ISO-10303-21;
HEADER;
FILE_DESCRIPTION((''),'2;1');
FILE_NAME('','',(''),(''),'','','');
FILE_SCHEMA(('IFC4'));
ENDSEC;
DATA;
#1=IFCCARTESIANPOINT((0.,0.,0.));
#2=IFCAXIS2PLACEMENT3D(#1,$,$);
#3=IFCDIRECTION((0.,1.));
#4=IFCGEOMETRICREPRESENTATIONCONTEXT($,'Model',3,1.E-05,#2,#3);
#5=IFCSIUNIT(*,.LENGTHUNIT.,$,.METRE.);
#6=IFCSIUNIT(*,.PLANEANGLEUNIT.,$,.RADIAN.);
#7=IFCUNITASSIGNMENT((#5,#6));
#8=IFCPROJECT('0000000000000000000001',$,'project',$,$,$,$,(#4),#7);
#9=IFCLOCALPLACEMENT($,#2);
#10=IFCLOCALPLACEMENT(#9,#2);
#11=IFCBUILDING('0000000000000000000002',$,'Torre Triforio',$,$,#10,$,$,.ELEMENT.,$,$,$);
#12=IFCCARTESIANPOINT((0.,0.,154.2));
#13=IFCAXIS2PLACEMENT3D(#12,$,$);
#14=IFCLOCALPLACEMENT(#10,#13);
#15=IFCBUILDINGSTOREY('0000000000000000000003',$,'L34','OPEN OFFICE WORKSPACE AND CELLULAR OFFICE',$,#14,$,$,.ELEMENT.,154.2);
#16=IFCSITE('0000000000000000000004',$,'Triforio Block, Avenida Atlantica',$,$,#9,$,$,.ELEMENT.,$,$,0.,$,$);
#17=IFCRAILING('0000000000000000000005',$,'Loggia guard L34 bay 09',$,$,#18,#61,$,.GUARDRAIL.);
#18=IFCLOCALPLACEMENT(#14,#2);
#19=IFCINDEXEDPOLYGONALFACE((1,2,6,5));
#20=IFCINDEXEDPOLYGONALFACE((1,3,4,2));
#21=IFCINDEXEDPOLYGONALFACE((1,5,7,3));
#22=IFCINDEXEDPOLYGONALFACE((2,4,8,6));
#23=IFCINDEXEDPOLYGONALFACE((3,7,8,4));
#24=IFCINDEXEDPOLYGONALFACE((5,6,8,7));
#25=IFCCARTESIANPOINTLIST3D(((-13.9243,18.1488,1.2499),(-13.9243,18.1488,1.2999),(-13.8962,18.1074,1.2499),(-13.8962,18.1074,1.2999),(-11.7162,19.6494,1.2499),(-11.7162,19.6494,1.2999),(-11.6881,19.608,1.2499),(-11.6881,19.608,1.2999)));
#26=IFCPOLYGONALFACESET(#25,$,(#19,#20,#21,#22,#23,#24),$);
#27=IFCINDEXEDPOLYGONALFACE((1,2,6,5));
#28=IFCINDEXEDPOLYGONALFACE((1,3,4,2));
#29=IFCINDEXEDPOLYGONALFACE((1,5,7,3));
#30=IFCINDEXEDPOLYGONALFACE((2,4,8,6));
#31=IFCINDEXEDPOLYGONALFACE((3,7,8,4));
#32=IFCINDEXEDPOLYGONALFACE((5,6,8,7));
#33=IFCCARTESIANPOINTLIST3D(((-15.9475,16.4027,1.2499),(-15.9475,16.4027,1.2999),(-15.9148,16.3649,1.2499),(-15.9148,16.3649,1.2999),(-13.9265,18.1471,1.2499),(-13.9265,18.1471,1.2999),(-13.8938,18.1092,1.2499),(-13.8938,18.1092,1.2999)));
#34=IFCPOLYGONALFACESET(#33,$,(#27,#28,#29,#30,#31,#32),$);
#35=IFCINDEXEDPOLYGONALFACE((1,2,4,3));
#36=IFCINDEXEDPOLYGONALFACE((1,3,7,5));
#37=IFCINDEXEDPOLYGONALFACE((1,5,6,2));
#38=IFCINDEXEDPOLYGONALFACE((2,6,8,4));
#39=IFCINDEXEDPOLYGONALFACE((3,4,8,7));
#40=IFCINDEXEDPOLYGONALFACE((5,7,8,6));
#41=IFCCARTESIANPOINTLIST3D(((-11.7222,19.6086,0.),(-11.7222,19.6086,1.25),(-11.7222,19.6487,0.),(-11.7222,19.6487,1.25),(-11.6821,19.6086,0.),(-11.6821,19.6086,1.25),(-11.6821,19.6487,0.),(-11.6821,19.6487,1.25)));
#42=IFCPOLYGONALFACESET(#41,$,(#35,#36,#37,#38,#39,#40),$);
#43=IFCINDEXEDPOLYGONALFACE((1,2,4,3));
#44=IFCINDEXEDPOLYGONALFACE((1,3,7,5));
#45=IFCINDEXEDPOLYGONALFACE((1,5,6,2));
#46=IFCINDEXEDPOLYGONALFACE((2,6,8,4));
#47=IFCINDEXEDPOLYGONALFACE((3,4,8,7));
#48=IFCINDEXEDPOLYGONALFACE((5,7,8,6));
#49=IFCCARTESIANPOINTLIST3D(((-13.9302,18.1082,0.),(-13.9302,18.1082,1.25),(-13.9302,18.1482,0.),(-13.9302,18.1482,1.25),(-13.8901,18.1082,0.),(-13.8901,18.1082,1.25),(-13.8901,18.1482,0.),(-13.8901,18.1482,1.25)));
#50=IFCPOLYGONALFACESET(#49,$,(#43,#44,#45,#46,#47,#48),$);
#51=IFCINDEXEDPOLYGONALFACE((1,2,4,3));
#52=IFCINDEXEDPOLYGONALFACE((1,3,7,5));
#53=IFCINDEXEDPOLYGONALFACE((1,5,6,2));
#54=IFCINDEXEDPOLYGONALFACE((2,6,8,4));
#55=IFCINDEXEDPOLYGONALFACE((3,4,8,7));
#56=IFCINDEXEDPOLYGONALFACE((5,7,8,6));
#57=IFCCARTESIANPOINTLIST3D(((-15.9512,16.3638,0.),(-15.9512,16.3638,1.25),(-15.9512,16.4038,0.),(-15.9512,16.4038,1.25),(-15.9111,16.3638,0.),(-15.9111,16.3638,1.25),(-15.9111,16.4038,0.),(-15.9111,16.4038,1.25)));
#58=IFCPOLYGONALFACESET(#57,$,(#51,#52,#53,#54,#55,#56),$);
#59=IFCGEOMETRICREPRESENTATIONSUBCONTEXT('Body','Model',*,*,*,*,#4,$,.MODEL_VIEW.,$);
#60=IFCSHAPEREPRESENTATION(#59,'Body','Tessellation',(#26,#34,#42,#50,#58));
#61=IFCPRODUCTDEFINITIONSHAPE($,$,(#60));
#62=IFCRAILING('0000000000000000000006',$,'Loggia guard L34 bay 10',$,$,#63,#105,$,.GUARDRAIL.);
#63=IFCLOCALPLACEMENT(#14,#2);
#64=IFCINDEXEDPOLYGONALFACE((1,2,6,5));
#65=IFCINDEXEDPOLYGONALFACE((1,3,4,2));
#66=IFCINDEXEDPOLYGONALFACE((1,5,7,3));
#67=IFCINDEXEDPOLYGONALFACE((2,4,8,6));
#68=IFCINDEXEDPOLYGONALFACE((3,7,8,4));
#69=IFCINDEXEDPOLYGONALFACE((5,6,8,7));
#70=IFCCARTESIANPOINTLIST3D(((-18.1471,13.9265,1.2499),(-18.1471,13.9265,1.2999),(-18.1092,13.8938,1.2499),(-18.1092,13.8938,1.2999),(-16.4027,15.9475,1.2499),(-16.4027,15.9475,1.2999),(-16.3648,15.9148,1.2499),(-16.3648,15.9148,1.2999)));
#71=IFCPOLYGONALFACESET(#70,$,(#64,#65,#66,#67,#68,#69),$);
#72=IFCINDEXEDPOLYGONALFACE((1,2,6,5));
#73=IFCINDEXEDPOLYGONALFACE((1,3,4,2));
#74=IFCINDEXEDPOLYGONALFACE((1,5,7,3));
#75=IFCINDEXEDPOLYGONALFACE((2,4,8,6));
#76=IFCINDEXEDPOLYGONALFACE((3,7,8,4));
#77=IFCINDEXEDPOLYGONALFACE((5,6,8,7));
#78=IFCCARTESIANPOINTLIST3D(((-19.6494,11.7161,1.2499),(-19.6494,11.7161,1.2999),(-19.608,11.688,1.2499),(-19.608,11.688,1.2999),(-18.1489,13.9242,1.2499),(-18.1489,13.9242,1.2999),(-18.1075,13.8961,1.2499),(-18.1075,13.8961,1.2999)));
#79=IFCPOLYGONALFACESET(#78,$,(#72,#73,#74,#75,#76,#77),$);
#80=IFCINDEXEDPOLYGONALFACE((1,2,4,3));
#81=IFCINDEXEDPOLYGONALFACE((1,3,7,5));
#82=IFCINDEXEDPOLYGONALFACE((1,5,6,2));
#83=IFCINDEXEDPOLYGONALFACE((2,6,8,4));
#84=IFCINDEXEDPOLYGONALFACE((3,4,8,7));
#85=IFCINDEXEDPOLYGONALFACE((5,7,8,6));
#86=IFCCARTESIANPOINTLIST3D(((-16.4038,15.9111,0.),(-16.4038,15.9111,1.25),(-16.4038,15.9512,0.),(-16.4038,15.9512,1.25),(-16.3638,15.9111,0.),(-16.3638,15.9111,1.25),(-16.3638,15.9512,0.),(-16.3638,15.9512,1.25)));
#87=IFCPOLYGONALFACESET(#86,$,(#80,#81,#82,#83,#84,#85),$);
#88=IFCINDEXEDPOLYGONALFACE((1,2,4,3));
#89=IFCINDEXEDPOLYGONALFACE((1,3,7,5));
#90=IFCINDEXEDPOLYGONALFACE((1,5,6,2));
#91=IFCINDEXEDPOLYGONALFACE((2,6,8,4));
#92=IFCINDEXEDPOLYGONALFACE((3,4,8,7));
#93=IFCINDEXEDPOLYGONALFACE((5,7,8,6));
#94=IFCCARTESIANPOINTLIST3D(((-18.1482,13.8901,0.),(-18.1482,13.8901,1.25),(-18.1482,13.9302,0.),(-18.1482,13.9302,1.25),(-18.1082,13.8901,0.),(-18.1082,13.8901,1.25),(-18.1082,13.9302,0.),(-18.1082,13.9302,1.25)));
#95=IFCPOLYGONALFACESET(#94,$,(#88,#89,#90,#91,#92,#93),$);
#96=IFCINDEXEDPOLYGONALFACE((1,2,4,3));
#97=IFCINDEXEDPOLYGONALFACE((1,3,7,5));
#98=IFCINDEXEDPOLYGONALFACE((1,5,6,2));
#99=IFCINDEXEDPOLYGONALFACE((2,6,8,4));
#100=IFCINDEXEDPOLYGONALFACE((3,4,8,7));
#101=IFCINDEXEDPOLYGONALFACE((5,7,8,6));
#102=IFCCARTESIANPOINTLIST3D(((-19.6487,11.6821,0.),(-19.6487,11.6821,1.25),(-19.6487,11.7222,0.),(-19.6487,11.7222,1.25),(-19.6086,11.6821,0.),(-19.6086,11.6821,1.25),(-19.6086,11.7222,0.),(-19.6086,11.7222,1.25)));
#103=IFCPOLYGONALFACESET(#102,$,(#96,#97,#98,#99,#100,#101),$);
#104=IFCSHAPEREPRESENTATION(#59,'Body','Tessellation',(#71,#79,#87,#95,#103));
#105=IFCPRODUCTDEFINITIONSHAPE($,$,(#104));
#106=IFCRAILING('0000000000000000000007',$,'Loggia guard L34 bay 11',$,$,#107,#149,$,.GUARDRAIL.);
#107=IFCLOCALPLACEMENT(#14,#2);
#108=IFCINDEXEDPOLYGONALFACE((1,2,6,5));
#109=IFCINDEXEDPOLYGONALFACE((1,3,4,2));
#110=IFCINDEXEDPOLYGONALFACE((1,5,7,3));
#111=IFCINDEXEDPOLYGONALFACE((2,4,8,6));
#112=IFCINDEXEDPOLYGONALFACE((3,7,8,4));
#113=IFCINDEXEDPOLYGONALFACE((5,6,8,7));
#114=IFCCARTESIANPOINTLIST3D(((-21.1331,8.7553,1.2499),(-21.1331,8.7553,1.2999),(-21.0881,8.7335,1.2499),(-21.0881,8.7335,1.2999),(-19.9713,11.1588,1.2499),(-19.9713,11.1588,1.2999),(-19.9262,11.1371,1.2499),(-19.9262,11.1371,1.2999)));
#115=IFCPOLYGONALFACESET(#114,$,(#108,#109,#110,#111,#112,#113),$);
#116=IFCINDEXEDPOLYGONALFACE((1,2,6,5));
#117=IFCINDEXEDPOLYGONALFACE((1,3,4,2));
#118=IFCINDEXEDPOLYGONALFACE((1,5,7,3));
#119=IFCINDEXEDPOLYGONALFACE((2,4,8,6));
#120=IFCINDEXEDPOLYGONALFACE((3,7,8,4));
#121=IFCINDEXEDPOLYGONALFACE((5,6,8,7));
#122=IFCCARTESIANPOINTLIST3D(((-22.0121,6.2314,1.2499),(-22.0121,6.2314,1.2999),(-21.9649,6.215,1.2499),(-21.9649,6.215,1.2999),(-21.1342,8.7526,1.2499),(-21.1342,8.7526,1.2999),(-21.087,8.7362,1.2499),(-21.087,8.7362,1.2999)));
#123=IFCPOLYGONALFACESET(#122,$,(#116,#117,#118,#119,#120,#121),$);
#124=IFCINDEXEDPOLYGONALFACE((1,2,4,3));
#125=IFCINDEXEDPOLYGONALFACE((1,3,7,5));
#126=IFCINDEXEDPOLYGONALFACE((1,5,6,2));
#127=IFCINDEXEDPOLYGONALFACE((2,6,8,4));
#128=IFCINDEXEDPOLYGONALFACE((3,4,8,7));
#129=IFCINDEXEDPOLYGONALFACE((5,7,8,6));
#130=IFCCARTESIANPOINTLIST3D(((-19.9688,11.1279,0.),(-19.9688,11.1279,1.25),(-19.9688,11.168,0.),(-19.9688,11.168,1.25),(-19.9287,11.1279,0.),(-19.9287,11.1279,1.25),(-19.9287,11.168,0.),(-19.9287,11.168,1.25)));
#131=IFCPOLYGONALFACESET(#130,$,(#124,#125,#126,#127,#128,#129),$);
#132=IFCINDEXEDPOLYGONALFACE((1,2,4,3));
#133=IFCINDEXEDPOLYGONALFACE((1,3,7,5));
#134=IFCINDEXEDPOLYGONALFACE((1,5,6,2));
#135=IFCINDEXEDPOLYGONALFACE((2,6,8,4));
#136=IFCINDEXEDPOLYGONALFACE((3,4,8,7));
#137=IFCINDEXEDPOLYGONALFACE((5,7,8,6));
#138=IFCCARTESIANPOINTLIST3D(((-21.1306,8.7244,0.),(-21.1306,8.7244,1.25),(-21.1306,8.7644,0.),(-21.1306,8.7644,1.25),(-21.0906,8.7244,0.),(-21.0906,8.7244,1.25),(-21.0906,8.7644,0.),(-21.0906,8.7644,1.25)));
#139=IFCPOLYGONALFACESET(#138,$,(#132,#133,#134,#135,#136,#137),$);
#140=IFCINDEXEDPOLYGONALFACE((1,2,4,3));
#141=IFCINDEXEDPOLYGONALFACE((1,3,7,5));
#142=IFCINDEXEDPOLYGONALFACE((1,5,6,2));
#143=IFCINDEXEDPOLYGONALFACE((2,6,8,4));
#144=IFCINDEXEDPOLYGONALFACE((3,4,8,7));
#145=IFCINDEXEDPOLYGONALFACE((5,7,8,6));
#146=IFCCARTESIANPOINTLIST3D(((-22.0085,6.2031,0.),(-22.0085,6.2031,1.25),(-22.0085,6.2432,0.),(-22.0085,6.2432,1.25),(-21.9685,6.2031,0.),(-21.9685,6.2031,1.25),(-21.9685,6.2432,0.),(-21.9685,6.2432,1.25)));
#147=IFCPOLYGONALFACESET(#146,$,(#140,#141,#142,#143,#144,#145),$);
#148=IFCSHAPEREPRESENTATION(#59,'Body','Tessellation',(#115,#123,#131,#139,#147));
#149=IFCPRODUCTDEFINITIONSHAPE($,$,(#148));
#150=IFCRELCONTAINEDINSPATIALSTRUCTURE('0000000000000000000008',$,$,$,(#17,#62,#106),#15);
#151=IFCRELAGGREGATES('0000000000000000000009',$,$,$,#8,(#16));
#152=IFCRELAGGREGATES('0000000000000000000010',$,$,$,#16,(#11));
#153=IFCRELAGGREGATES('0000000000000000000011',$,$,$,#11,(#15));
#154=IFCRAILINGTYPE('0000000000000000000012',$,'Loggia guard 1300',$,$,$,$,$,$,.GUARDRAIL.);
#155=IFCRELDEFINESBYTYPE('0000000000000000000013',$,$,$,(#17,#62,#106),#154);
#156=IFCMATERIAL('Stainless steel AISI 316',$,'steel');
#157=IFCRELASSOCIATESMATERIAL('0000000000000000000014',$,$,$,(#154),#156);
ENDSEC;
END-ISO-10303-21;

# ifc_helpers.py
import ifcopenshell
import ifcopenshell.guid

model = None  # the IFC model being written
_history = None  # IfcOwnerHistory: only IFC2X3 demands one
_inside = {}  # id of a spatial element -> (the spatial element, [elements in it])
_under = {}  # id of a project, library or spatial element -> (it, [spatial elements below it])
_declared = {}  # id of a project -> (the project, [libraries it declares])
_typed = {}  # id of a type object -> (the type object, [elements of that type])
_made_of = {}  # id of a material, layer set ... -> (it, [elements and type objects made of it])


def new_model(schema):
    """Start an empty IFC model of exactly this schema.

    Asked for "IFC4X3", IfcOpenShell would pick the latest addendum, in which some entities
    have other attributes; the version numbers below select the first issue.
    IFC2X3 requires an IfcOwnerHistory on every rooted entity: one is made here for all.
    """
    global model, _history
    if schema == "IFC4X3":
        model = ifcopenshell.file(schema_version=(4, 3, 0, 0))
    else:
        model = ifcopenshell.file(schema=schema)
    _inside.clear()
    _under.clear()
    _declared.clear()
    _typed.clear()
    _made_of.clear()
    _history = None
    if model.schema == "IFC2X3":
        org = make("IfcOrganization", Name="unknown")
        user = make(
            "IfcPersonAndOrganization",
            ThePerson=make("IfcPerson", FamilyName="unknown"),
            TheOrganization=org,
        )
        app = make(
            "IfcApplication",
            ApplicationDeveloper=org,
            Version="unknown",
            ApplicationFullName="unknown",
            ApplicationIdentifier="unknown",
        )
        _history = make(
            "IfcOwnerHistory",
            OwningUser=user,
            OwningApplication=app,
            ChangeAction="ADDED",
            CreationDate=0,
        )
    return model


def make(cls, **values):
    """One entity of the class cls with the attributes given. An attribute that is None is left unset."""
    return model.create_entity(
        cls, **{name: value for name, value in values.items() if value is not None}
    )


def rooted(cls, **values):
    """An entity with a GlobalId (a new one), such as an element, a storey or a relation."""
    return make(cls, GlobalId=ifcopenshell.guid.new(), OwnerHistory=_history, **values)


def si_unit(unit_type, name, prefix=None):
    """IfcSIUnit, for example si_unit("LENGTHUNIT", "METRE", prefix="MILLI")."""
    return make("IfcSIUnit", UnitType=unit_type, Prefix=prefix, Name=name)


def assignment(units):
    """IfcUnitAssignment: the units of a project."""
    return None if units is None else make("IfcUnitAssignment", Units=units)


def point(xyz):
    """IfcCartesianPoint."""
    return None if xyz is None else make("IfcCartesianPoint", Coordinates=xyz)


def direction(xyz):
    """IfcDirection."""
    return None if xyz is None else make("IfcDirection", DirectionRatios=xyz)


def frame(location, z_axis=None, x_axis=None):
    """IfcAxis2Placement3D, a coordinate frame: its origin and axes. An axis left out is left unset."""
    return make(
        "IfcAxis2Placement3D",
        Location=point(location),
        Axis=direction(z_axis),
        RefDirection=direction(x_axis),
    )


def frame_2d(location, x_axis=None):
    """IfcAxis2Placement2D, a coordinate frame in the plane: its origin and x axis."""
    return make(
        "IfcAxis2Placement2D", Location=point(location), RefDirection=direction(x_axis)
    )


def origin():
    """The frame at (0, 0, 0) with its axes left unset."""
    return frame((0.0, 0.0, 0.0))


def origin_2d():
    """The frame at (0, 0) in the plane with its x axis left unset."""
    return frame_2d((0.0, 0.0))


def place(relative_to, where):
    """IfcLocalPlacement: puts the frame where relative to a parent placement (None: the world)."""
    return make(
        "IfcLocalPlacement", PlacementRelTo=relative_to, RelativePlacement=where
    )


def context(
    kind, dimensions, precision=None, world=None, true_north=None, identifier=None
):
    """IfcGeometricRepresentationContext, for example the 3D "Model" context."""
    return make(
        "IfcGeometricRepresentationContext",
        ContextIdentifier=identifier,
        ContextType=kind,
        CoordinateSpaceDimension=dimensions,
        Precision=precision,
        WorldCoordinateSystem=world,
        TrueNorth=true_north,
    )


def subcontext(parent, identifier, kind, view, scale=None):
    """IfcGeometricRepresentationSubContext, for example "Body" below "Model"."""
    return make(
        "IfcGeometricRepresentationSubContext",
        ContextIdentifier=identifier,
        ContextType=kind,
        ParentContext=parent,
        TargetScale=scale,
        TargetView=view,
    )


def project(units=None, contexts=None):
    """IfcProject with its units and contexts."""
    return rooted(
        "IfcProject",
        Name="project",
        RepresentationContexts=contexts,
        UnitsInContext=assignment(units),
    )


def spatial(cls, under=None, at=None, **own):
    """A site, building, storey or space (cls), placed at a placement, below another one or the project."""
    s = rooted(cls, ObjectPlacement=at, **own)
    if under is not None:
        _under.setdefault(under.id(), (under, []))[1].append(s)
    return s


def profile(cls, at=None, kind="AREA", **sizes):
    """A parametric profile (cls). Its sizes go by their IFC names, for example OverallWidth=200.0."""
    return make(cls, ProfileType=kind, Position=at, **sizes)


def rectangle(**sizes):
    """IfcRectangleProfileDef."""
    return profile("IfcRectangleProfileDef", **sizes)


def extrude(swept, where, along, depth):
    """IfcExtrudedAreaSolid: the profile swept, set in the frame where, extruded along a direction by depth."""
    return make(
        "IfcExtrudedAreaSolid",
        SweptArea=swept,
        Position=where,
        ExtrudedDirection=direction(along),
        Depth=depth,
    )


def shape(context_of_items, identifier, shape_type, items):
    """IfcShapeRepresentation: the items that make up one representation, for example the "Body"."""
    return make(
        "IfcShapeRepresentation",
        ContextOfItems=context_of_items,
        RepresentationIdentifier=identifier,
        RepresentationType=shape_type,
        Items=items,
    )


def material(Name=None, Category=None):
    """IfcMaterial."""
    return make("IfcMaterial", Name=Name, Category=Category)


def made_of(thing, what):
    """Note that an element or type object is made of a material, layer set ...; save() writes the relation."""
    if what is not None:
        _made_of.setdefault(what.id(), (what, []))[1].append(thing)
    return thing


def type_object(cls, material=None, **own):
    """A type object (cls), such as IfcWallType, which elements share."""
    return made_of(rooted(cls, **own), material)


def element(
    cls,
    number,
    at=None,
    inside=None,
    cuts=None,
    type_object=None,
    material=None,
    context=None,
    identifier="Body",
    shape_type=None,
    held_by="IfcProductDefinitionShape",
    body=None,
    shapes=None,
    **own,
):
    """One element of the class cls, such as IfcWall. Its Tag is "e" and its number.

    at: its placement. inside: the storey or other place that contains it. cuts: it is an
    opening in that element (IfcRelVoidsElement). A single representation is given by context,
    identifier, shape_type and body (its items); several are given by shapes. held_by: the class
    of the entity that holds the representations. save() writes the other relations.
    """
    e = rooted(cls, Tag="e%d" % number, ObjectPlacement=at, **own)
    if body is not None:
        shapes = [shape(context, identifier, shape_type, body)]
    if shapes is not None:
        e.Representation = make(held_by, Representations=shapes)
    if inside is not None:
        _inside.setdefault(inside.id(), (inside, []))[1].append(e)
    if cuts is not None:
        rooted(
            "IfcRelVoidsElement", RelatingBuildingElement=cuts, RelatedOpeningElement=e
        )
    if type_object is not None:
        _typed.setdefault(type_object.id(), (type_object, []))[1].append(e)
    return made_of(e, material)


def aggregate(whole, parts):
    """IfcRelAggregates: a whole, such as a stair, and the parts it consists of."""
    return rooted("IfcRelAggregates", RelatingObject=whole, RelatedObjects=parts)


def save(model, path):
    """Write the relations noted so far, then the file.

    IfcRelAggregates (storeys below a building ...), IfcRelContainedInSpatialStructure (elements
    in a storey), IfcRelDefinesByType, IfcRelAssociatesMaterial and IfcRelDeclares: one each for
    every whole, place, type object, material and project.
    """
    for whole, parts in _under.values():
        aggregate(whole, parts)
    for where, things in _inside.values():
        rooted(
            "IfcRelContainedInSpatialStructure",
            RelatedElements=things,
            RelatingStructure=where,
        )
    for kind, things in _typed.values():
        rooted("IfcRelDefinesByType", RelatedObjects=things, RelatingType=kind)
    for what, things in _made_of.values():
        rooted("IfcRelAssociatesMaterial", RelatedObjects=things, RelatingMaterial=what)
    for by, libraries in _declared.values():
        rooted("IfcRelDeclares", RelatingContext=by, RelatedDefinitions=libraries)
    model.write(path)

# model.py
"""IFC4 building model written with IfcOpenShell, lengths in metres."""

from ifc_helpers import new_model, si_unit, direction, frame, origin, origin_2d, place, context, subcontext, project, spatial, rectangle, extrude, material, type_object, element, save


model = new_model("IFC4")

# Units and contexts
model_context = context("Model", 3, precision=1e-05, world=origin(), true_north=direction((0.0, 1.0)))
body_context = subcontext(model_context, "Body", "Model", "MODEL_VIEW")
ifc_project = project(units=[si_unit("LENGTHUNIT", "METRE"), si_unit("PLANEANGLEUNIT", "RADIAN")], contexts=[model_context])

# Site, building, storey
site_placement = place(None, origin())
site = spatial("IfcSite", under=ifc_project, at=site_placement, Name="Triforio Block, Avenida Atlantica", CompositionType="ELEMENT", RefElevation=0.0)
building_placement = place(site_placement, origin())
building = spatial("IfcBuilding", under=site, at=building_placement, Name="Torre Triforio", CompositionType="ELEMENT")
storey_placement = place(building_placement, frame((0.0, 0.0, 154.2)))
storey = spatial("IfcBuildingStorey", under=building, at=storey_placement, Name="L34", Description="OPEN OFFICE WORKSPACE AND CELLULAR OFFICE", CompositionType="ELEMENT", Elevation=154.2)

# Railings
ifc_material_1 = material(Name="Stainless steel AISI 316", Category="steel")
railing_type = type_object("IfcRailingType", Name="Loggia guard 1300", PredefinedType="GUARDRAIL", material=ifc_material_1)
railing_1_placement = place(storey_placement, frame((-11.7021, 19.6287, 0.0)))
element("IfcRailing", 1, at=railing_1_placement, inside=storey, type_object=railing_type, Name="Loggia guard L34 bay 09", PredefinedType="GUARDRAIL", context=body_context, shape_type="SweptSolid", body=[
    extrude(rectangle(XDim=0.05, YDim=0.05, at=origin_2d()), frame((0.0, 0.0, 1.2749), z_axis=(-0.827093, -0.562065, 0.0), x_axis=(0.562065, -0.827093, 0.0)), (0.0, 0.0, 1.0), 2.6697),
    extrude(rectangle(XDim=0.05, YDim=0.05, at=origin_2d()), frame((-2.208, -1.5005, 1.2749), z_axis=(-0.757012, -0.653401, 0.0), x_axis=(0.653401, -0.757012, 0.0)), (0.0, 0.0, 1.0), 2.6697),
    extrude(rectangle(XDim=0.04, YDim=0.04, at=origin_2d()), origin(), (0.0, 0.0, 1.0), 1.25),
    extrude(rectangle(XDim=0.04, YDim=0.04, at=origin_2d()), frame((-2.208, -1.5005, 0.0)), (0.0, 0.0, 1.0), 1.25),
    extrude(rectangle(XDim=0.04, YDim=0.04, at=origin_2d()), frame((-4.229, -3.2449, 0.0)), (0.0, 0.0, 1.0), 1.25),
])
railing_2_placement = place(storey_placement, frame((-16.3838, 15.9312, 0.0)))
element("IfcRailing", 2, at=railing_2_placement, inside=storey, type_object=railing_type, Name="Loggia guard L34 bay 10", PredefinedType="GUARDRAIL", context=body_context, shape_type="SweptSolid", body=[
    extrude(rectangle(XDim=0.05, YDim=0.05, at=origin_2d()), frame((0.0, 0.0, 1.2749), z_axis=(-0.653401, -0.757012, 0.0), x_axis=(0.757012, -0.653401, 0.0)), (0.0, 0.0, 1.0), 2.6697),
    extrude(rectangle(XDim=0.05, YDim=0.05, at=origin_2d()), frame((-1.7444, -2.021, 1.2749), z_axis=(-0.562065, -0.827093, 0.0), x_axis=(0.827093, -0.562065, 0.0)), (0.0, 0.0, 1.0), 2.6697),
    extrude(rectangle(XDim=0.04, YDim=0.04, at=origin_2d()), origin(), (0.0, 0.0, 1.0), 1.25),
    extrude(rectangle(XDim=0.04, YDim=0.04, at=origin_2d()), frame((-1.7444, -2.021, 0.0)), (0.0, 0.0, 1.0), 1.25),
    extrude(rectangle(XDim=0.04, YDim=0.04, at=origin_2d()), frame((-3.2449, -4.229, 0.0)), (0.0, 0.0, 1.0), 1.25),
])
railing_3_placement = place(storey_placement, frame((-19.9487, 11.1479, 0.0)))
element("IfcRailing", 3, at=railing_3_placement, inside=storey, type_object=railing_type, Name="Loggia guard L34 bay 11", PredefinedType="GUARDRAIL", context=body_context, shape_type="SweptSolid", body=[
    extrude(rectangle(XDim=0.05, YDim=0.05, at=origin_2d()), frame((0.0, 0.0, 1.2749), z_axis=(-0.435212, -0.900328, 0.0), x_axis=(0.900328, -0.435212, 0.0)), (0.0, 0.0, 1.0), 2.6697),
    extrude(rectangle(XDim=0.05, YDim=0.05, at=origin_2d()), frame((-1.1619, -2.4036, 1.2749), z_axis=(-0.328847, -0.944383, 0.0), x_axis=(0.944383, -0.328847, 0.0)), (0.0, 0.0, 1.0), 2.6697),
    extrude(rectangle(XDim=0.04, YDim=0.04, at=origin_2d()), origin(), (0.0, 0.0, 1.0), 1.25),
    extrude(rectangle(XDim=0.04, YDim=0.04, at=origin_2d()), frame((-1.1619, -2.4036, 0.0)), (0.0, 0.0, 1.0), 1.25),
    extrude(rectangle(XDim=0.04, YDim=0.04, at=origin_2d()), frame((-2.0398, -4.9248, 0.0)), (0.0, 0.0, 1.0), 1.25),
])

save(model, "model.ifc")
